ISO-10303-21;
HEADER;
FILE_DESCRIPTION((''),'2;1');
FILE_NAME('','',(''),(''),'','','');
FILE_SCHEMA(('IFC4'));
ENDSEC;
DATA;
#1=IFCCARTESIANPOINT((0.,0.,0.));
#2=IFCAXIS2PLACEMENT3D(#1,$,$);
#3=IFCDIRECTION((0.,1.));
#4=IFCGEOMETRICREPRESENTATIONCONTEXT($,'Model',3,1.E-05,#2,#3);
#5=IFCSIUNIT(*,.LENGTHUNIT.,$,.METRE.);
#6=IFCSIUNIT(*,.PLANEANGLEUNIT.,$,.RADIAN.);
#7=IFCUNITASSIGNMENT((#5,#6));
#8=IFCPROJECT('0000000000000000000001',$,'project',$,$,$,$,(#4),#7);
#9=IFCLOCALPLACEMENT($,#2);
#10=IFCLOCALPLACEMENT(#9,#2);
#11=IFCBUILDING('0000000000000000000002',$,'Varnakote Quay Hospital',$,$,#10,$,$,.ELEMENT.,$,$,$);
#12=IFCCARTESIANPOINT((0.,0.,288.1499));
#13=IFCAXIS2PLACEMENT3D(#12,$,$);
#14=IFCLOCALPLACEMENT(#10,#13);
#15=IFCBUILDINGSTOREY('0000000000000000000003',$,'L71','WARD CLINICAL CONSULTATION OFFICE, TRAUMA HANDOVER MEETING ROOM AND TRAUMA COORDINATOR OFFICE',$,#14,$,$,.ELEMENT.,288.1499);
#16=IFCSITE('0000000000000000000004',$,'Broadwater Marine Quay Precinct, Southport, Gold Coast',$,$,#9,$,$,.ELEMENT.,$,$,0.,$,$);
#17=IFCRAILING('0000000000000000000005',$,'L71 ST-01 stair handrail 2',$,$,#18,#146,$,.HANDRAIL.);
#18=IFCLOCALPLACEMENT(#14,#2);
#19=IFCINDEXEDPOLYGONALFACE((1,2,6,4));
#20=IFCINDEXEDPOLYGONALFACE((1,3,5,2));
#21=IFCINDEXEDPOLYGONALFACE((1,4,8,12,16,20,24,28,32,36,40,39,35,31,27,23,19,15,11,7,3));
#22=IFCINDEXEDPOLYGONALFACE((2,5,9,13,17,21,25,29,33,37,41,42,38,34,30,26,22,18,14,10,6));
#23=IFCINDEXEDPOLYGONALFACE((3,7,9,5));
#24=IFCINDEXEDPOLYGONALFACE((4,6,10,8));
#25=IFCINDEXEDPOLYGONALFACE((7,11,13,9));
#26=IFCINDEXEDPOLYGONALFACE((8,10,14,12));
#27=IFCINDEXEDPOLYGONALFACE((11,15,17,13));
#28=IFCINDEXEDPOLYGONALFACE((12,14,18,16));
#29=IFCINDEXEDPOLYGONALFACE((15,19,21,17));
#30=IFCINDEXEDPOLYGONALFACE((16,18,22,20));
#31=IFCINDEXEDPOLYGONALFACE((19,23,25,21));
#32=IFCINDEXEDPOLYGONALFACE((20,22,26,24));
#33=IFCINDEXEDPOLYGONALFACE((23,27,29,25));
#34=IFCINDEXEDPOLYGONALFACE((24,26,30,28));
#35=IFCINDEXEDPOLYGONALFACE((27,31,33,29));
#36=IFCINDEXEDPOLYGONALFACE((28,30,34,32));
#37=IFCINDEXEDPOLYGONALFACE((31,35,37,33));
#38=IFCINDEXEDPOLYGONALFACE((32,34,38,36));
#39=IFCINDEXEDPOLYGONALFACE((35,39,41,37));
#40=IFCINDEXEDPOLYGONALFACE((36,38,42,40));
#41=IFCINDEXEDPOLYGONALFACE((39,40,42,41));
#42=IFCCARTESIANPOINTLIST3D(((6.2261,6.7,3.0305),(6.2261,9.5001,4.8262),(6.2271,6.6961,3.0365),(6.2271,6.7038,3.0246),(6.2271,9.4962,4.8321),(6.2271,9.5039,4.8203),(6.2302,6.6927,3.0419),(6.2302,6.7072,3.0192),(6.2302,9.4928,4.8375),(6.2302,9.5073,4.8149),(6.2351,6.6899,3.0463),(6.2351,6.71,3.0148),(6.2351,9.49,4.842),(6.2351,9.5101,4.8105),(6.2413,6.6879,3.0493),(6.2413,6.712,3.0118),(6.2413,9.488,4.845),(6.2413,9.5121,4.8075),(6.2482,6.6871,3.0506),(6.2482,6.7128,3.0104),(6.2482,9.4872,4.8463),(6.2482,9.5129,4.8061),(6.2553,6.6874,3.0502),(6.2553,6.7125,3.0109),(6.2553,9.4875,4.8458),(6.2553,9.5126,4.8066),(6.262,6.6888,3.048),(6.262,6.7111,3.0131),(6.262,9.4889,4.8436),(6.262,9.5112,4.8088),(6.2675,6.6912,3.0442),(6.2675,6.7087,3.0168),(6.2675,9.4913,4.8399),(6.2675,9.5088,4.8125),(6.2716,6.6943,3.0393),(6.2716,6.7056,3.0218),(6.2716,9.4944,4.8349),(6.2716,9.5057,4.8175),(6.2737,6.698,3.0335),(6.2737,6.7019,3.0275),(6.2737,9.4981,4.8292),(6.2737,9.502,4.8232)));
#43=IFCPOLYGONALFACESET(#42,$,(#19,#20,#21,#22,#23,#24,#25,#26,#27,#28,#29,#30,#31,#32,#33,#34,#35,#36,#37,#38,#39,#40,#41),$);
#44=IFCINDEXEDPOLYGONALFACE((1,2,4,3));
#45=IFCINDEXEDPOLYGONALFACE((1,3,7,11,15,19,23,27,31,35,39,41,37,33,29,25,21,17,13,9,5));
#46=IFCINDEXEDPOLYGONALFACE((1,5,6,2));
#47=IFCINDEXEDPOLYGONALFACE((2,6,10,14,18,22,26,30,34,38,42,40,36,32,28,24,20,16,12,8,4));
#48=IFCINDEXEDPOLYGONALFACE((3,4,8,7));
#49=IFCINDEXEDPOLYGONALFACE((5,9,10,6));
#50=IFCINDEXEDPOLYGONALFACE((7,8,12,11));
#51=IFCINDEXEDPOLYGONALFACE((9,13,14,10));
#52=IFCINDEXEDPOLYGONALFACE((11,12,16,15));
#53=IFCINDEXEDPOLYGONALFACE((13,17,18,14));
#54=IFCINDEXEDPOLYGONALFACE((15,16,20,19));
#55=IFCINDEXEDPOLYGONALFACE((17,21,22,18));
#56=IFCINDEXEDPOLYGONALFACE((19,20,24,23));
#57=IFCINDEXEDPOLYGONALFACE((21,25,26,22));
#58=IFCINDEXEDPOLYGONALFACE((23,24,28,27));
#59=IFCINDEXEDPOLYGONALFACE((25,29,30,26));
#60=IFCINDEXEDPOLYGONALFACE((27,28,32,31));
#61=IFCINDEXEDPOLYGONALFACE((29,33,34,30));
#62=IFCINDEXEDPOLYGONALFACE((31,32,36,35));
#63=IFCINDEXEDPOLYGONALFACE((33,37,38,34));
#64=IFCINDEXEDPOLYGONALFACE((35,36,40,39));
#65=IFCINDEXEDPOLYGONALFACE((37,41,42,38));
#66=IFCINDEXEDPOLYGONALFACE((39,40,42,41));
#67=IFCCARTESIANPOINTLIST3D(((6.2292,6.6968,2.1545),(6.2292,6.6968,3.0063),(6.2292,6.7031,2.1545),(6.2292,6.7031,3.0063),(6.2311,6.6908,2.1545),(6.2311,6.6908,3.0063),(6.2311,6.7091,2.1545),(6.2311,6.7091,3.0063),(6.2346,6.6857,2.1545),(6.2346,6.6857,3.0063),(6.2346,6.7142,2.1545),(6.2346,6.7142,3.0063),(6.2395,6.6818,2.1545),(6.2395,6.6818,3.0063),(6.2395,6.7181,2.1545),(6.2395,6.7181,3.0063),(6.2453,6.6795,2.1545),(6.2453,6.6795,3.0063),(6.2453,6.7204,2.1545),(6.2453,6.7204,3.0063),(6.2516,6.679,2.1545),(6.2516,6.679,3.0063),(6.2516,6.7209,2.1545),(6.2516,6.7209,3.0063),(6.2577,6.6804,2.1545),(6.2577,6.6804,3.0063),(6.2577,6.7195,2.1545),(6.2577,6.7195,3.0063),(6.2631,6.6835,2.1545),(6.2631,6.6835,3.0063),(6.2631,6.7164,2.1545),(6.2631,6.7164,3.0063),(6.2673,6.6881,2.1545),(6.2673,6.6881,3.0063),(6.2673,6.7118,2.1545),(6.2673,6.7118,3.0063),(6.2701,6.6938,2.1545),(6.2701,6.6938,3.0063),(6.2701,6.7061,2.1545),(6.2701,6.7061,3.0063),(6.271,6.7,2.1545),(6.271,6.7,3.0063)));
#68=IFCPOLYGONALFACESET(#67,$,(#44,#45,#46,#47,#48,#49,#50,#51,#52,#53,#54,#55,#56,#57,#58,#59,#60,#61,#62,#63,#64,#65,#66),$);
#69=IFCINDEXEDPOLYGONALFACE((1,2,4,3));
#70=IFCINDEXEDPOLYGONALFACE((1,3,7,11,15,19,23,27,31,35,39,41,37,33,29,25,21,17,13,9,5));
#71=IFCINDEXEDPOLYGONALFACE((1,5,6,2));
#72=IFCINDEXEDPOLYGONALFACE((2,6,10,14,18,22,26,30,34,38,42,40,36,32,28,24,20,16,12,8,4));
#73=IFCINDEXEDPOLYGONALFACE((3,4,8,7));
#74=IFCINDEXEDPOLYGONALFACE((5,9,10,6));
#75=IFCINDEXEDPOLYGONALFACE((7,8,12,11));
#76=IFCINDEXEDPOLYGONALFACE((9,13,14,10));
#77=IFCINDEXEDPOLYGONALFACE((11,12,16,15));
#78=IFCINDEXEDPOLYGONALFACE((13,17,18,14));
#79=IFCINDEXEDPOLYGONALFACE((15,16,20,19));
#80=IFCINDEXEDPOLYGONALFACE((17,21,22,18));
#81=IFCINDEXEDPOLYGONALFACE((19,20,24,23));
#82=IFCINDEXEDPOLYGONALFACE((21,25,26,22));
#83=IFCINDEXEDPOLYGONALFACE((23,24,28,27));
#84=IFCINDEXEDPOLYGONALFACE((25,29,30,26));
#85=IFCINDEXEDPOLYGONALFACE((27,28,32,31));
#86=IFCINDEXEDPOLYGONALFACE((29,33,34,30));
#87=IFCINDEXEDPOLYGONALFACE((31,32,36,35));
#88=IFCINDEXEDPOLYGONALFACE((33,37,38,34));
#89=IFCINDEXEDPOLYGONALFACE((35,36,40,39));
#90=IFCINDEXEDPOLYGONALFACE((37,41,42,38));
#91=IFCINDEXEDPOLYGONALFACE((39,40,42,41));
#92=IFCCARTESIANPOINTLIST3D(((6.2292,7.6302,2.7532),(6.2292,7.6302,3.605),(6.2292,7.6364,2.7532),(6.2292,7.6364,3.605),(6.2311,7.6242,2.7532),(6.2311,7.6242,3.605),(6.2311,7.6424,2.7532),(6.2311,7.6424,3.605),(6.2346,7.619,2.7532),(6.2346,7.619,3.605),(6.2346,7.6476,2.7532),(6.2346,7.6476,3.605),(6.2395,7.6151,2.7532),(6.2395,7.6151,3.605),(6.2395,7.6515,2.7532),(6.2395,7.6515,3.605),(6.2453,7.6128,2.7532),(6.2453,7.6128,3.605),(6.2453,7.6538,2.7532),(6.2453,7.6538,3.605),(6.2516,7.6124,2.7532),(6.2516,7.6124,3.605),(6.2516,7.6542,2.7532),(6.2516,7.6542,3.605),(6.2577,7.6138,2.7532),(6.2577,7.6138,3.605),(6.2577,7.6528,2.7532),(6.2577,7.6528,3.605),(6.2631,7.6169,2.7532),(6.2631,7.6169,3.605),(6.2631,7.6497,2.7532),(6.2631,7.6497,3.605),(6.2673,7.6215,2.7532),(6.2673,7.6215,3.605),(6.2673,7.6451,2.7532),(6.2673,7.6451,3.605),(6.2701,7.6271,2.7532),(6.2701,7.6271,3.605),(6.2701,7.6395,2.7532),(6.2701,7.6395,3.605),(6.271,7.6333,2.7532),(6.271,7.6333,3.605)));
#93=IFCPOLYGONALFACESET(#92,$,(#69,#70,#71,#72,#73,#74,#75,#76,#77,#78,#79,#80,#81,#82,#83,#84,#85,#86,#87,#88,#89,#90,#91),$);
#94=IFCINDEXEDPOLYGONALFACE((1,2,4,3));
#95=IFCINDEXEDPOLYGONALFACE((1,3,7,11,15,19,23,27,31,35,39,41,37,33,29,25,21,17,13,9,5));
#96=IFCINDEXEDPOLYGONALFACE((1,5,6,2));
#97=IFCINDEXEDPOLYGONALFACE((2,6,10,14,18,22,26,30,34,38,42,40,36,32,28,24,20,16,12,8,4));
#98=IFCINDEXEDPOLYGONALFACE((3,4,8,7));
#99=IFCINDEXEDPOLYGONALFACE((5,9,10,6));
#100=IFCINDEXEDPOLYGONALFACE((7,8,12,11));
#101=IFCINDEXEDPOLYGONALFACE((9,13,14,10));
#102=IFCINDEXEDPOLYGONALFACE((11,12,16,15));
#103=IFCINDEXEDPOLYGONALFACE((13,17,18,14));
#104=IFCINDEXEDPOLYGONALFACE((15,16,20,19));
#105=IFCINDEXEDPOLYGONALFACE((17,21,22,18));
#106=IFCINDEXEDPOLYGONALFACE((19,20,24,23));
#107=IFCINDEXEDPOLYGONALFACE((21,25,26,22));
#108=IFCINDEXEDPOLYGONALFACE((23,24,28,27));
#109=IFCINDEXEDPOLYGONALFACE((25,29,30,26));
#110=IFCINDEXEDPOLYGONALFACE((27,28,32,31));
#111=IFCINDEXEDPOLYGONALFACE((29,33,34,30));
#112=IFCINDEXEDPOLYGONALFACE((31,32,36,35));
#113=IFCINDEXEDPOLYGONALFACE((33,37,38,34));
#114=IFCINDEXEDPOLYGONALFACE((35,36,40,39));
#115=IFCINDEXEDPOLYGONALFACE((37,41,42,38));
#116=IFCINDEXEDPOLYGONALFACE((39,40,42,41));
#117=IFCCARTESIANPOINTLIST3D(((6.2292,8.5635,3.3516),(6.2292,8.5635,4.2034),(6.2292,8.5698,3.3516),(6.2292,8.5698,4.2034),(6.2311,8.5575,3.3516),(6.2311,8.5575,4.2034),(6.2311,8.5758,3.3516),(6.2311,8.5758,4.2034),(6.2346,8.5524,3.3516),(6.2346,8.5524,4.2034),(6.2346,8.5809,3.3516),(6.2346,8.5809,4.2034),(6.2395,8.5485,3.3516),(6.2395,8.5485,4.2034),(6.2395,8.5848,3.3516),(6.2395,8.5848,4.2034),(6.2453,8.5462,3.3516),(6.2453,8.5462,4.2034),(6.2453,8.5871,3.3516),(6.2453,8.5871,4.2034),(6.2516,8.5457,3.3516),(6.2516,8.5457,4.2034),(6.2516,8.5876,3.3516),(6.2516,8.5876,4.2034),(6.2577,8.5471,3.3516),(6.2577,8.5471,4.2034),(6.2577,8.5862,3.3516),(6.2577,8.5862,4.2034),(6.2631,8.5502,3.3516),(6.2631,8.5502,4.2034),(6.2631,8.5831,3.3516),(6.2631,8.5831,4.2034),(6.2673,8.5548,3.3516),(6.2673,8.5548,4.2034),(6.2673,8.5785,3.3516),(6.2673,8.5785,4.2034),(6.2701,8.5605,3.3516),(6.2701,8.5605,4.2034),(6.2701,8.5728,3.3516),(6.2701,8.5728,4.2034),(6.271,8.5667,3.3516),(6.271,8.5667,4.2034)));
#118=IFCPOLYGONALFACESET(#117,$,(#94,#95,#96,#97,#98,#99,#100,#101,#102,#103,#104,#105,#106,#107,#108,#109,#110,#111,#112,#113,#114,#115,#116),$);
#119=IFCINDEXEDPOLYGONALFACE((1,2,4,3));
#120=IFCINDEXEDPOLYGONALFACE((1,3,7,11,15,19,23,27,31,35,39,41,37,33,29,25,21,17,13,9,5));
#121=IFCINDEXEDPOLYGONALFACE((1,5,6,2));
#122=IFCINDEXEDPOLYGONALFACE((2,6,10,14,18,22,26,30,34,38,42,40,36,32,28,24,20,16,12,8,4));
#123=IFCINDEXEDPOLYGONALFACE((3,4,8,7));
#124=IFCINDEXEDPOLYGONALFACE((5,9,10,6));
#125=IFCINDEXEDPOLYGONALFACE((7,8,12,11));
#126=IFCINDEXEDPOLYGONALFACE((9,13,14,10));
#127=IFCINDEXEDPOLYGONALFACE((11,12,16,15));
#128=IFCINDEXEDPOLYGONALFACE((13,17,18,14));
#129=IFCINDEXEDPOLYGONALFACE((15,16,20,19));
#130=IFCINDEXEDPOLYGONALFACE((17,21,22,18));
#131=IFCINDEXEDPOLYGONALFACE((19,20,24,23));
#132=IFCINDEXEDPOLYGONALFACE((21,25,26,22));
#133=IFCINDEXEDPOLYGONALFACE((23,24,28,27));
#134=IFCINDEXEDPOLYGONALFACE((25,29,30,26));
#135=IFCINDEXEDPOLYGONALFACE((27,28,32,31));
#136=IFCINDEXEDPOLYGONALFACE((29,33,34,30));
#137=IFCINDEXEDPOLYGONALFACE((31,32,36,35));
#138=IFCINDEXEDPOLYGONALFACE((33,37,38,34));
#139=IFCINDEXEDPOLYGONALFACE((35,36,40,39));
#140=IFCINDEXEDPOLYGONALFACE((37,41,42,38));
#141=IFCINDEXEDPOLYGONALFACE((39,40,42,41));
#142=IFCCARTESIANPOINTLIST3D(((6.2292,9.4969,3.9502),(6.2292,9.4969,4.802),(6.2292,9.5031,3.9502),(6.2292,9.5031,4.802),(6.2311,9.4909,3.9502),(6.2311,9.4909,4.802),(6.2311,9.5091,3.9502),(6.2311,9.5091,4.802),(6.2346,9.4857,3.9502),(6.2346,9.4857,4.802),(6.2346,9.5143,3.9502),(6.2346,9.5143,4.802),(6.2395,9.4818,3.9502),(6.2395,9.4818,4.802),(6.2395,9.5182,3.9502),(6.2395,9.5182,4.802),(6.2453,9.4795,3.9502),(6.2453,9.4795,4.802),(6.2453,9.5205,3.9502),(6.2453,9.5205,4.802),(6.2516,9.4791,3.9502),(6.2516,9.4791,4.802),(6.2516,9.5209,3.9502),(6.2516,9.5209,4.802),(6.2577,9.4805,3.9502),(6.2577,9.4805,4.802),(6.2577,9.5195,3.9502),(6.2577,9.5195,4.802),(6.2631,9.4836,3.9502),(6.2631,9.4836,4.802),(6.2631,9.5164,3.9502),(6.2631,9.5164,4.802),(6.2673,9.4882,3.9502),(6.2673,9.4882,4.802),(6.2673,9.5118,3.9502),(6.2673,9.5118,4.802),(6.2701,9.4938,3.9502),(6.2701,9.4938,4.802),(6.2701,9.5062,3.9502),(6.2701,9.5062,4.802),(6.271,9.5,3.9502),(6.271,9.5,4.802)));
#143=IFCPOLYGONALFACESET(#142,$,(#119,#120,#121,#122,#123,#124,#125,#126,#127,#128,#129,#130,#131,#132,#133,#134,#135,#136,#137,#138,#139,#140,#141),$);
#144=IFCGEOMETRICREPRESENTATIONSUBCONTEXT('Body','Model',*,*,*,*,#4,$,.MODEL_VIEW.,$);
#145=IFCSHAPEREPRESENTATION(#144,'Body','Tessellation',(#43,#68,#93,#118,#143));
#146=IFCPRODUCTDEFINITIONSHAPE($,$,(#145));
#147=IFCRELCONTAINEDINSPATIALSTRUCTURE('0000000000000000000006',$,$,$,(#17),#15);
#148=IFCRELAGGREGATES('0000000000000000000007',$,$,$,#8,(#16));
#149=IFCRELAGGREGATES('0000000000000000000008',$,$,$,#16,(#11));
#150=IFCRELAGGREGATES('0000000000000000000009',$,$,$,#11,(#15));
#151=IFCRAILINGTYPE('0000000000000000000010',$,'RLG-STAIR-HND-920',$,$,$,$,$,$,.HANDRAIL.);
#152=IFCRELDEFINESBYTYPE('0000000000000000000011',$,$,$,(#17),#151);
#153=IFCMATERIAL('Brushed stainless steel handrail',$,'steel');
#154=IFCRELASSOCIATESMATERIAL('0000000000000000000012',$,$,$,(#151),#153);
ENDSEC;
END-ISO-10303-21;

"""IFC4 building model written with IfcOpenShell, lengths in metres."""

from ifc_helpers import new_model, si_unit, direction, frame, origin, origin_2d, place, context, subcontext, project, spatial, circle, extrude, material, type_object, element, save


model = new_model("IFC4")

# Units and contexts
model_context = context("Model", 3, precision=1e-05, world=origin(), true_north=direction((0.0, 1.0)))
body_context = subcontext(model_context, "Body", "Model", "MODEL_VIEW")
ifc_project = project(units=[si_unit("LENGTHUNIT", "METRE"), si_unit("PLANEANGLEUNIT", "RADIAN")], contexts=[model_context])

# Site, building, storey
site_placement = place(None, origin())
site = spatial("IfcSite", under=ifc_project, at=site_placement, Name="Broadwater Marine Quay Precinct, Southport, Gold Coast", CompositionType="ELEMENT", RefElevation=0.0)
building_placement = place(site_placement, origin())
building = spatial("IfcBuilding", under=site, at=building_placement, Name="Varnakote Quay Hospital", CompositionType="ELEMENT")
storey_placement = place(building_placement, frame((0.0, 0.0, 288.1499)))
storey = spatial("IfcBuildingStorey", under=building, at=storey_placement, Name="L71", Description="WARD CLINICAL CONSULTATION OFFICE, TRAUMA HANDOVER MEETING ROOM AND TRAUMA COORDINATOR OFFICE", CompositionType="ELEMENT", Elevation=288.1499)

# Railing
ifc_material_1 = material(Name="Brushed stainless steel handrail", Category="steel")
railing_type = type_object("IfcRailingType", Name="RLG-STAIR-HND-920", PredefinedType="HANDRAIL", material=ifc_material_1)
railing_placement = place(storey_placement, frame((6.25, 6.7, 2.1545)))
element("IfcRailing", 1, at=railing_placement, inside=storey, type_object=railing_type, Name="L71 ST-01 stair handrail 2", PredefinedType="HANDRAIL", context=body_context, shape_type="SweptSolid", body=[
    extrude(circle(Radius=0.0239, at=origin_2d()), frame((0.0, 0.0, 0.876), z_axis=(0.0, 0.841777, 0.539826), x_axis=(-1.0, 0.0, 0.0)), (0.0, 0.0, 1.0), 3.3264),
    extrude(circle(Radius=0.021, at=origin_2d()), origin(), (0.0, 0.0, 1.0), 0.8518),
    extrude(circle(Radius=0.021, at=origin_2d()), frame((0.0, 0.9333, 0.5986)), (0.0, 0.0, 1.0), 0.8518),
    extrude(circle(Radius=0.021, at=origin_2d()), frame((0.0, 1.8667, 1.197)), (0.0, 0.0, 1.0), 0.8518),
    extrude(circle(Radius=0.021, at=origin_2d()), frame((0.0, 2.8, 1.7957)), (0.0, 0.0, 1.0), 0.8518),
])

save(model, "model.ifc")
